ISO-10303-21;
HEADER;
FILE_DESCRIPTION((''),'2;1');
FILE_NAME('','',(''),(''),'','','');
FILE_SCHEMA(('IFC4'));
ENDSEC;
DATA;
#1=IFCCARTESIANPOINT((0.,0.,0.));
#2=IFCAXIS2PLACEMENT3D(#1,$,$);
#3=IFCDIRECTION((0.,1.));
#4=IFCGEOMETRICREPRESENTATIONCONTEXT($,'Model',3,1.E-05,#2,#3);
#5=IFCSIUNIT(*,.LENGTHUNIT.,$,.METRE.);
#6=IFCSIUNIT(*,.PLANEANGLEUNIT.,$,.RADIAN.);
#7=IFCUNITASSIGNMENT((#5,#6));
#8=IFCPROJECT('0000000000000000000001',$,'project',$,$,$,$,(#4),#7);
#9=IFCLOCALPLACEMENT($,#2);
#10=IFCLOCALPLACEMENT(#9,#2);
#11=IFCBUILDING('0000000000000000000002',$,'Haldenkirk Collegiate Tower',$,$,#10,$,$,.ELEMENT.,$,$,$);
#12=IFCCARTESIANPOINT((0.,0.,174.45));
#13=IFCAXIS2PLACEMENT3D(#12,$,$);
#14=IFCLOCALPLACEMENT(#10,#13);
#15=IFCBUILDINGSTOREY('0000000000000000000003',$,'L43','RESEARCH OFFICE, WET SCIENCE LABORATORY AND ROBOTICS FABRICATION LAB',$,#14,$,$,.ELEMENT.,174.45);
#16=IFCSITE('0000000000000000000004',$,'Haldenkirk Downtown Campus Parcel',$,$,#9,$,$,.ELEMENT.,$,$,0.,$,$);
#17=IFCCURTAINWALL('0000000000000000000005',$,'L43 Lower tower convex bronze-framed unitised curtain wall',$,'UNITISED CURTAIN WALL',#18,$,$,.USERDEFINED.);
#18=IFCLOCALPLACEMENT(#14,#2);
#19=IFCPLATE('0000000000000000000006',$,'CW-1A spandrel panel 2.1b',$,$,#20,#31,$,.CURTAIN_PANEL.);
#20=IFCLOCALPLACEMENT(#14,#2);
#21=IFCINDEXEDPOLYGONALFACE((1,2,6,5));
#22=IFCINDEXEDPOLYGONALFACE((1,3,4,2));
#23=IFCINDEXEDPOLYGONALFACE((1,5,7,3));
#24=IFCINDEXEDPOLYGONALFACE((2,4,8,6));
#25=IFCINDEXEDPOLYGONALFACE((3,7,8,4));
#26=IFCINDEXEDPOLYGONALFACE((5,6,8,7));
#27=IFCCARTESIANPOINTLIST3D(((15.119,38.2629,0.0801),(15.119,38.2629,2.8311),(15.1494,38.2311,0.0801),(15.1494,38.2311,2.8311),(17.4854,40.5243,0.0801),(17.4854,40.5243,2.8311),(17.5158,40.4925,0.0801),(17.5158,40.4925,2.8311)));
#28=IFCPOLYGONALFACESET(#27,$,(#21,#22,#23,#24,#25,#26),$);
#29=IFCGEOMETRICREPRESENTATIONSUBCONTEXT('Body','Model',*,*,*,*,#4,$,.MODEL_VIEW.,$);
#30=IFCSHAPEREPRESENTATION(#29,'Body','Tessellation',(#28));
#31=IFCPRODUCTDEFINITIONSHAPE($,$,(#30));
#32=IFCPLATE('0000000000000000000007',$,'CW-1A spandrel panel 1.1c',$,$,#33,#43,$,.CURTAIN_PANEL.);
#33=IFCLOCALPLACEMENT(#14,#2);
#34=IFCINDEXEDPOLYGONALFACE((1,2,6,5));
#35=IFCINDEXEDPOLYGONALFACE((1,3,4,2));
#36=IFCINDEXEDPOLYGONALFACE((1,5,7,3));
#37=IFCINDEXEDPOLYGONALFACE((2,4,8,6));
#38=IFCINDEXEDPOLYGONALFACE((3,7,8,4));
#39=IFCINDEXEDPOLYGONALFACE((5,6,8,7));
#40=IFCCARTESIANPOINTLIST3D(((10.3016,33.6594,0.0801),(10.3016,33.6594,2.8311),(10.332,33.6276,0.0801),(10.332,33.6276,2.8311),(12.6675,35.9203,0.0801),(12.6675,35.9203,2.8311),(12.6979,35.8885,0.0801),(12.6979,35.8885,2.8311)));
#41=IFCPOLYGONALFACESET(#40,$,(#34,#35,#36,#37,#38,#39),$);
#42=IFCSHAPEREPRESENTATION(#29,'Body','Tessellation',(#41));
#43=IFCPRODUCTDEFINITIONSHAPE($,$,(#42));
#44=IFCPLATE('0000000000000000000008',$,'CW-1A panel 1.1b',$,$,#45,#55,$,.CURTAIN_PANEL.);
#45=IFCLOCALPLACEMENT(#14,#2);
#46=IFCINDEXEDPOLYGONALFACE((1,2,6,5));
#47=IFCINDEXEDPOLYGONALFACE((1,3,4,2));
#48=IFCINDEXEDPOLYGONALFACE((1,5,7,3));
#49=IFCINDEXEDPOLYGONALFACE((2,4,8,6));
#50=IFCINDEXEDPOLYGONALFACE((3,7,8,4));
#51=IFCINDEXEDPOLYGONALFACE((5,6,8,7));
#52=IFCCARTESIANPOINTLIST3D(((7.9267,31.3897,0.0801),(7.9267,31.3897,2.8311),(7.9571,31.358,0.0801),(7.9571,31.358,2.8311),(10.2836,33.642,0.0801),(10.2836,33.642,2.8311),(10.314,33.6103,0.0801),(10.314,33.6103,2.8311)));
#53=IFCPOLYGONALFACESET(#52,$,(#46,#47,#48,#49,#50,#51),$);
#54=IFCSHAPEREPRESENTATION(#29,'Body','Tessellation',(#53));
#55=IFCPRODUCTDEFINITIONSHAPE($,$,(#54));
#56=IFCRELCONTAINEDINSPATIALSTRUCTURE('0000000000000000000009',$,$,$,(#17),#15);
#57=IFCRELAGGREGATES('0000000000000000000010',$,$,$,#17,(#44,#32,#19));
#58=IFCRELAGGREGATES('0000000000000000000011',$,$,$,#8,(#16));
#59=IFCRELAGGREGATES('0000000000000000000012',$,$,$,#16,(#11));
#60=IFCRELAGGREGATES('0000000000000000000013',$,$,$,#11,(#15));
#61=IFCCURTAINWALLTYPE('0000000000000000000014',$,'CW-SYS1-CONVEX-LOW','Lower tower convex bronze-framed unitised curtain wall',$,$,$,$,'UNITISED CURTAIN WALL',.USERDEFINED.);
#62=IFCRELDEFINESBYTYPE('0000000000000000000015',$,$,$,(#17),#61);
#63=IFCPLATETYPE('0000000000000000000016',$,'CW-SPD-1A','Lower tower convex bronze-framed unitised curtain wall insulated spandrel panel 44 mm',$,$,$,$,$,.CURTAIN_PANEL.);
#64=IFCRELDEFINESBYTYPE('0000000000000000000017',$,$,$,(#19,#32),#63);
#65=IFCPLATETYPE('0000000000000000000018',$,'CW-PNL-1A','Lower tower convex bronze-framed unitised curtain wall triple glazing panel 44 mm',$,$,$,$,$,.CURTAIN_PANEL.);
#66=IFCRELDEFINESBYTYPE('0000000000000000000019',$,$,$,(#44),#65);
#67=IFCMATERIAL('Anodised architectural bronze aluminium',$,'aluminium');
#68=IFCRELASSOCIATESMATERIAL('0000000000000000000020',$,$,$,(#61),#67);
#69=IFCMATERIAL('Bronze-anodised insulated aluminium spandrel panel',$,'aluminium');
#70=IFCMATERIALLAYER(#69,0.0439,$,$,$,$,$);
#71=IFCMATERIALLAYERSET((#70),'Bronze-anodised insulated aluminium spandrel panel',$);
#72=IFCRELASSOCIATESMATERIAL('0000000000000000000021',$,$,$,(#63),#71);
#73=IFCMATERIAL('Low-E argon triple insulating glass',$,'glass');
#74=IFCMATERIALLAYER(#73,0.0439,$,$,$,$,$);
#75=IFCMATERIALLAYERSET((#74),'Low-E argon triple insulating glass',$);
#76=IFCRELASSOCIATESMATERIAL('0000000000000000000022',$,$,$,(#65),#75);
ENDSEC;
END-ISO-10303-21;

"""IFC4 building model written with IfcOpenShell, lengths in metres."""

from ifc_helpers import new_model, si_unit, direction, frame, origin, origin_2d, place, context, subcontext, project, spatial, rectangle, extrude, source, transform, mapped, material, layer, layer_set, type_object, element, aggregate, save


model = new_model("IFC4")

# Units and contexts
model_context = context("Model", 3, precision=1e-05, world=origin(), true_north=direction((0.0, 1.0)))
body_context = subcontext(model_context, "Body", "Model", "MODEL_VIEW")
ifc_project = project(units=[si_unit("LENGTHUNIT", "METRE"), si_unit("PLANEANGLEUNIT", "RADIAN")], contexts=[model_context])

# Site, building, storey
site_placement = place(None, origin())
site = spatial("IfcSite", under=ifc_project, at=site_placement, Name="Haldenkirk Downtown Campus Parcel", CompositionType="ELEMENT", RefElevation=0.0)
building_placement = place(site_placement, origin())
building = spatial("IfcBuilding", under=site, at=building_placement, Name="Haldenkirk Collegiate Tower", CompositionType="ELEMENT")
storey_placement = place(building_placement, frame((0.0, 0.0, 174.45)))
storey = spatial("IfcBuildingStorey", under=building, at=storey_placement, Name="L43", Description="RESEARCH OFFICE, WET SCIENCE LABORATORY AND ROBOTICS FABRICATION LAB", CompositionType="ELEMENT", Elevation=174.45)

# Curtain wall, plates
ifc_material_1 = material(Name="Anodised architectural bronze aluminium", Category="aluminium")
curtain_wall_type = type_object("IfcCurtainWallType", Name="CW-SYS1-CONVEX-LOW", Description="Lower tower convex bronze-framed unitised curtain wall", ElementType="UNITISED CURTAIN WALL", PredefinedType="USERDEFINED", material=ifc_material_1)
curtain_wall_placement = place(storey_placement, origin())
curtain_wall = element("IfcCurtainWall", 1, at=curtain_wall_placement, inside=storey, type_object=curtain_wall_type, Name="L43 Lower tower convex bronze-framed unitised curtain wall", ObjectType="UNITISED CURTAIN WALL", PredefinedType="USERDEFINED")
ifc_material_2 = material(Name="Bronze-anodised insulated aluminium spandrel panel", Category="aluminium")
ifc_layer_1 = layer(ifc_material_2, 0.0439)
ifc_layer_set_1 = layer_set([ifc_layer_1], Name="Bronze-anodised insulated aluminium spandrel panel")
plate_type_1 = type_object("IfcPlateType", Name="CW-SPD-1A", Description="Lower tower convex bronze-framed unitised curtain wall insulated spandrel panel 44 mm", PredefinedType="CURTAIN_PANEL", material=ifc_layer_set_1)
shared_shape_1 = source(origin(), body_context, "Body", "SweptSolid", [
    extrude(rectangle(XDim=3.2732, YDim=0.0439, at=origin_2d()), origin(), (0.0, 0.0, 1.0), 2.751),
])
plate_1_placement = place(storey_placement, frame((16.3174, 39.3777, 0.0801), z_axis=(0.0, 0.0, 1.0), x_axis=(0.722967, 0.690882, 0.0)))
plate_1 = element("IfcPlate", 2, at=plate_1_placement, type_object=plate_type_1, Name="CW-1A spandrel panel 2.1b", PredefinedType="CURTAIN_PANEL", context=body_context, shape_type="MappedRepresentation", body=[
    mapped(shared_shape_1, transform((0.0, 0.0, 0.0), x_axis=(1.0, 0.0, 0.0), y_axis=(0.0, 1.0, 0.0), z_axis=(0.0, 0.0, 1.0), scale=1.0)),
])
shared_shape_2 = source(origin(), body_context, "Body", "SweptSolid", [
    extrude(rectangle(XDim=3.2725, YDim=0.0439, at=origin_2d()), origin(), (0.0, 0.0, 1.0), 2.751),
])
plate_2_placement = place(storey_placement, frame((11.4998, 34.7739, 0.0801), z_axis=(0.0, 0.0, 1.0), x_axis=(0.722967, 0.690882, 0.0)))
plate_2 = element("IfcPlate", 3, at=plate_2_placement, type_object=plate_type_1, Name="CW-1A spandrel panel 1.1c", PredefinedType="CURTAIN_PANEL", context=body_context, shape_type="MappedRepresentation", body=[
    mapped(shared_shape_2, transform((0.0, 0.0, 0.0), x_axis=(1.0, 0.0, 0.0), y_axis=(0.0, 1.0, 0.0), z_axis=(0.0, 0.0, 1.0), scale=1.0)),
])
ifc_material_3 = material(Name="Low-E argon triple insulating glass", Category="glass")
ifc_layer_2 = layer(ifc_material_3, 0.0439)
ifc_layer_set_2 = layer_set([ifc_layer_2], Name="Low-E argon triple insulating glass")
plate_type_2 = type_object("IfcPlateType", Name="CW-PNL-1A", Description="Lower tower convex bronze-framed unitised curtain wall triple glazing panel 44 mm", PredefinedType="CURTAIN_PANEL", material=ifc_layer_set_2)
shared_shape_3 = source(origin(), body_context, "Body", "SweptSolid", [
    extrude(rectangle(XDim=3.26, YDim=0.0439, at=origin_2d()), origin(), (0.0, 0.0, 1.0), 2.751),
])
plate_3_placement = place(storey_placement, frame((9.1204, 32.5, 0.0801), z_axis=(0.0, 0.0, 1.0), x_axis=(0.722967, 0.690882, 0.0)))
plate_3 = element("IfcPlate", 4, at=plate_3_placement, type_object=plate_type_2, Name="CW-1A panel 1.1b", PredefinedType="CURTAIN_PANEL", context=body_context, shape_type="MappedRepresentation", body=[
    mapped(shared_shape_3, transform((0.0, 0.0, 0.0), x_axis=(1.0, 0.0, 0.0), y_axis=(0.0, 1.0, 0.0), z_axis=(0.0, 0.0, 1.0), scale=1.0)),
])
aggregate(curtain_wall, [plate_3, plate_2, plate_1])

save(model, "model.ifc")
